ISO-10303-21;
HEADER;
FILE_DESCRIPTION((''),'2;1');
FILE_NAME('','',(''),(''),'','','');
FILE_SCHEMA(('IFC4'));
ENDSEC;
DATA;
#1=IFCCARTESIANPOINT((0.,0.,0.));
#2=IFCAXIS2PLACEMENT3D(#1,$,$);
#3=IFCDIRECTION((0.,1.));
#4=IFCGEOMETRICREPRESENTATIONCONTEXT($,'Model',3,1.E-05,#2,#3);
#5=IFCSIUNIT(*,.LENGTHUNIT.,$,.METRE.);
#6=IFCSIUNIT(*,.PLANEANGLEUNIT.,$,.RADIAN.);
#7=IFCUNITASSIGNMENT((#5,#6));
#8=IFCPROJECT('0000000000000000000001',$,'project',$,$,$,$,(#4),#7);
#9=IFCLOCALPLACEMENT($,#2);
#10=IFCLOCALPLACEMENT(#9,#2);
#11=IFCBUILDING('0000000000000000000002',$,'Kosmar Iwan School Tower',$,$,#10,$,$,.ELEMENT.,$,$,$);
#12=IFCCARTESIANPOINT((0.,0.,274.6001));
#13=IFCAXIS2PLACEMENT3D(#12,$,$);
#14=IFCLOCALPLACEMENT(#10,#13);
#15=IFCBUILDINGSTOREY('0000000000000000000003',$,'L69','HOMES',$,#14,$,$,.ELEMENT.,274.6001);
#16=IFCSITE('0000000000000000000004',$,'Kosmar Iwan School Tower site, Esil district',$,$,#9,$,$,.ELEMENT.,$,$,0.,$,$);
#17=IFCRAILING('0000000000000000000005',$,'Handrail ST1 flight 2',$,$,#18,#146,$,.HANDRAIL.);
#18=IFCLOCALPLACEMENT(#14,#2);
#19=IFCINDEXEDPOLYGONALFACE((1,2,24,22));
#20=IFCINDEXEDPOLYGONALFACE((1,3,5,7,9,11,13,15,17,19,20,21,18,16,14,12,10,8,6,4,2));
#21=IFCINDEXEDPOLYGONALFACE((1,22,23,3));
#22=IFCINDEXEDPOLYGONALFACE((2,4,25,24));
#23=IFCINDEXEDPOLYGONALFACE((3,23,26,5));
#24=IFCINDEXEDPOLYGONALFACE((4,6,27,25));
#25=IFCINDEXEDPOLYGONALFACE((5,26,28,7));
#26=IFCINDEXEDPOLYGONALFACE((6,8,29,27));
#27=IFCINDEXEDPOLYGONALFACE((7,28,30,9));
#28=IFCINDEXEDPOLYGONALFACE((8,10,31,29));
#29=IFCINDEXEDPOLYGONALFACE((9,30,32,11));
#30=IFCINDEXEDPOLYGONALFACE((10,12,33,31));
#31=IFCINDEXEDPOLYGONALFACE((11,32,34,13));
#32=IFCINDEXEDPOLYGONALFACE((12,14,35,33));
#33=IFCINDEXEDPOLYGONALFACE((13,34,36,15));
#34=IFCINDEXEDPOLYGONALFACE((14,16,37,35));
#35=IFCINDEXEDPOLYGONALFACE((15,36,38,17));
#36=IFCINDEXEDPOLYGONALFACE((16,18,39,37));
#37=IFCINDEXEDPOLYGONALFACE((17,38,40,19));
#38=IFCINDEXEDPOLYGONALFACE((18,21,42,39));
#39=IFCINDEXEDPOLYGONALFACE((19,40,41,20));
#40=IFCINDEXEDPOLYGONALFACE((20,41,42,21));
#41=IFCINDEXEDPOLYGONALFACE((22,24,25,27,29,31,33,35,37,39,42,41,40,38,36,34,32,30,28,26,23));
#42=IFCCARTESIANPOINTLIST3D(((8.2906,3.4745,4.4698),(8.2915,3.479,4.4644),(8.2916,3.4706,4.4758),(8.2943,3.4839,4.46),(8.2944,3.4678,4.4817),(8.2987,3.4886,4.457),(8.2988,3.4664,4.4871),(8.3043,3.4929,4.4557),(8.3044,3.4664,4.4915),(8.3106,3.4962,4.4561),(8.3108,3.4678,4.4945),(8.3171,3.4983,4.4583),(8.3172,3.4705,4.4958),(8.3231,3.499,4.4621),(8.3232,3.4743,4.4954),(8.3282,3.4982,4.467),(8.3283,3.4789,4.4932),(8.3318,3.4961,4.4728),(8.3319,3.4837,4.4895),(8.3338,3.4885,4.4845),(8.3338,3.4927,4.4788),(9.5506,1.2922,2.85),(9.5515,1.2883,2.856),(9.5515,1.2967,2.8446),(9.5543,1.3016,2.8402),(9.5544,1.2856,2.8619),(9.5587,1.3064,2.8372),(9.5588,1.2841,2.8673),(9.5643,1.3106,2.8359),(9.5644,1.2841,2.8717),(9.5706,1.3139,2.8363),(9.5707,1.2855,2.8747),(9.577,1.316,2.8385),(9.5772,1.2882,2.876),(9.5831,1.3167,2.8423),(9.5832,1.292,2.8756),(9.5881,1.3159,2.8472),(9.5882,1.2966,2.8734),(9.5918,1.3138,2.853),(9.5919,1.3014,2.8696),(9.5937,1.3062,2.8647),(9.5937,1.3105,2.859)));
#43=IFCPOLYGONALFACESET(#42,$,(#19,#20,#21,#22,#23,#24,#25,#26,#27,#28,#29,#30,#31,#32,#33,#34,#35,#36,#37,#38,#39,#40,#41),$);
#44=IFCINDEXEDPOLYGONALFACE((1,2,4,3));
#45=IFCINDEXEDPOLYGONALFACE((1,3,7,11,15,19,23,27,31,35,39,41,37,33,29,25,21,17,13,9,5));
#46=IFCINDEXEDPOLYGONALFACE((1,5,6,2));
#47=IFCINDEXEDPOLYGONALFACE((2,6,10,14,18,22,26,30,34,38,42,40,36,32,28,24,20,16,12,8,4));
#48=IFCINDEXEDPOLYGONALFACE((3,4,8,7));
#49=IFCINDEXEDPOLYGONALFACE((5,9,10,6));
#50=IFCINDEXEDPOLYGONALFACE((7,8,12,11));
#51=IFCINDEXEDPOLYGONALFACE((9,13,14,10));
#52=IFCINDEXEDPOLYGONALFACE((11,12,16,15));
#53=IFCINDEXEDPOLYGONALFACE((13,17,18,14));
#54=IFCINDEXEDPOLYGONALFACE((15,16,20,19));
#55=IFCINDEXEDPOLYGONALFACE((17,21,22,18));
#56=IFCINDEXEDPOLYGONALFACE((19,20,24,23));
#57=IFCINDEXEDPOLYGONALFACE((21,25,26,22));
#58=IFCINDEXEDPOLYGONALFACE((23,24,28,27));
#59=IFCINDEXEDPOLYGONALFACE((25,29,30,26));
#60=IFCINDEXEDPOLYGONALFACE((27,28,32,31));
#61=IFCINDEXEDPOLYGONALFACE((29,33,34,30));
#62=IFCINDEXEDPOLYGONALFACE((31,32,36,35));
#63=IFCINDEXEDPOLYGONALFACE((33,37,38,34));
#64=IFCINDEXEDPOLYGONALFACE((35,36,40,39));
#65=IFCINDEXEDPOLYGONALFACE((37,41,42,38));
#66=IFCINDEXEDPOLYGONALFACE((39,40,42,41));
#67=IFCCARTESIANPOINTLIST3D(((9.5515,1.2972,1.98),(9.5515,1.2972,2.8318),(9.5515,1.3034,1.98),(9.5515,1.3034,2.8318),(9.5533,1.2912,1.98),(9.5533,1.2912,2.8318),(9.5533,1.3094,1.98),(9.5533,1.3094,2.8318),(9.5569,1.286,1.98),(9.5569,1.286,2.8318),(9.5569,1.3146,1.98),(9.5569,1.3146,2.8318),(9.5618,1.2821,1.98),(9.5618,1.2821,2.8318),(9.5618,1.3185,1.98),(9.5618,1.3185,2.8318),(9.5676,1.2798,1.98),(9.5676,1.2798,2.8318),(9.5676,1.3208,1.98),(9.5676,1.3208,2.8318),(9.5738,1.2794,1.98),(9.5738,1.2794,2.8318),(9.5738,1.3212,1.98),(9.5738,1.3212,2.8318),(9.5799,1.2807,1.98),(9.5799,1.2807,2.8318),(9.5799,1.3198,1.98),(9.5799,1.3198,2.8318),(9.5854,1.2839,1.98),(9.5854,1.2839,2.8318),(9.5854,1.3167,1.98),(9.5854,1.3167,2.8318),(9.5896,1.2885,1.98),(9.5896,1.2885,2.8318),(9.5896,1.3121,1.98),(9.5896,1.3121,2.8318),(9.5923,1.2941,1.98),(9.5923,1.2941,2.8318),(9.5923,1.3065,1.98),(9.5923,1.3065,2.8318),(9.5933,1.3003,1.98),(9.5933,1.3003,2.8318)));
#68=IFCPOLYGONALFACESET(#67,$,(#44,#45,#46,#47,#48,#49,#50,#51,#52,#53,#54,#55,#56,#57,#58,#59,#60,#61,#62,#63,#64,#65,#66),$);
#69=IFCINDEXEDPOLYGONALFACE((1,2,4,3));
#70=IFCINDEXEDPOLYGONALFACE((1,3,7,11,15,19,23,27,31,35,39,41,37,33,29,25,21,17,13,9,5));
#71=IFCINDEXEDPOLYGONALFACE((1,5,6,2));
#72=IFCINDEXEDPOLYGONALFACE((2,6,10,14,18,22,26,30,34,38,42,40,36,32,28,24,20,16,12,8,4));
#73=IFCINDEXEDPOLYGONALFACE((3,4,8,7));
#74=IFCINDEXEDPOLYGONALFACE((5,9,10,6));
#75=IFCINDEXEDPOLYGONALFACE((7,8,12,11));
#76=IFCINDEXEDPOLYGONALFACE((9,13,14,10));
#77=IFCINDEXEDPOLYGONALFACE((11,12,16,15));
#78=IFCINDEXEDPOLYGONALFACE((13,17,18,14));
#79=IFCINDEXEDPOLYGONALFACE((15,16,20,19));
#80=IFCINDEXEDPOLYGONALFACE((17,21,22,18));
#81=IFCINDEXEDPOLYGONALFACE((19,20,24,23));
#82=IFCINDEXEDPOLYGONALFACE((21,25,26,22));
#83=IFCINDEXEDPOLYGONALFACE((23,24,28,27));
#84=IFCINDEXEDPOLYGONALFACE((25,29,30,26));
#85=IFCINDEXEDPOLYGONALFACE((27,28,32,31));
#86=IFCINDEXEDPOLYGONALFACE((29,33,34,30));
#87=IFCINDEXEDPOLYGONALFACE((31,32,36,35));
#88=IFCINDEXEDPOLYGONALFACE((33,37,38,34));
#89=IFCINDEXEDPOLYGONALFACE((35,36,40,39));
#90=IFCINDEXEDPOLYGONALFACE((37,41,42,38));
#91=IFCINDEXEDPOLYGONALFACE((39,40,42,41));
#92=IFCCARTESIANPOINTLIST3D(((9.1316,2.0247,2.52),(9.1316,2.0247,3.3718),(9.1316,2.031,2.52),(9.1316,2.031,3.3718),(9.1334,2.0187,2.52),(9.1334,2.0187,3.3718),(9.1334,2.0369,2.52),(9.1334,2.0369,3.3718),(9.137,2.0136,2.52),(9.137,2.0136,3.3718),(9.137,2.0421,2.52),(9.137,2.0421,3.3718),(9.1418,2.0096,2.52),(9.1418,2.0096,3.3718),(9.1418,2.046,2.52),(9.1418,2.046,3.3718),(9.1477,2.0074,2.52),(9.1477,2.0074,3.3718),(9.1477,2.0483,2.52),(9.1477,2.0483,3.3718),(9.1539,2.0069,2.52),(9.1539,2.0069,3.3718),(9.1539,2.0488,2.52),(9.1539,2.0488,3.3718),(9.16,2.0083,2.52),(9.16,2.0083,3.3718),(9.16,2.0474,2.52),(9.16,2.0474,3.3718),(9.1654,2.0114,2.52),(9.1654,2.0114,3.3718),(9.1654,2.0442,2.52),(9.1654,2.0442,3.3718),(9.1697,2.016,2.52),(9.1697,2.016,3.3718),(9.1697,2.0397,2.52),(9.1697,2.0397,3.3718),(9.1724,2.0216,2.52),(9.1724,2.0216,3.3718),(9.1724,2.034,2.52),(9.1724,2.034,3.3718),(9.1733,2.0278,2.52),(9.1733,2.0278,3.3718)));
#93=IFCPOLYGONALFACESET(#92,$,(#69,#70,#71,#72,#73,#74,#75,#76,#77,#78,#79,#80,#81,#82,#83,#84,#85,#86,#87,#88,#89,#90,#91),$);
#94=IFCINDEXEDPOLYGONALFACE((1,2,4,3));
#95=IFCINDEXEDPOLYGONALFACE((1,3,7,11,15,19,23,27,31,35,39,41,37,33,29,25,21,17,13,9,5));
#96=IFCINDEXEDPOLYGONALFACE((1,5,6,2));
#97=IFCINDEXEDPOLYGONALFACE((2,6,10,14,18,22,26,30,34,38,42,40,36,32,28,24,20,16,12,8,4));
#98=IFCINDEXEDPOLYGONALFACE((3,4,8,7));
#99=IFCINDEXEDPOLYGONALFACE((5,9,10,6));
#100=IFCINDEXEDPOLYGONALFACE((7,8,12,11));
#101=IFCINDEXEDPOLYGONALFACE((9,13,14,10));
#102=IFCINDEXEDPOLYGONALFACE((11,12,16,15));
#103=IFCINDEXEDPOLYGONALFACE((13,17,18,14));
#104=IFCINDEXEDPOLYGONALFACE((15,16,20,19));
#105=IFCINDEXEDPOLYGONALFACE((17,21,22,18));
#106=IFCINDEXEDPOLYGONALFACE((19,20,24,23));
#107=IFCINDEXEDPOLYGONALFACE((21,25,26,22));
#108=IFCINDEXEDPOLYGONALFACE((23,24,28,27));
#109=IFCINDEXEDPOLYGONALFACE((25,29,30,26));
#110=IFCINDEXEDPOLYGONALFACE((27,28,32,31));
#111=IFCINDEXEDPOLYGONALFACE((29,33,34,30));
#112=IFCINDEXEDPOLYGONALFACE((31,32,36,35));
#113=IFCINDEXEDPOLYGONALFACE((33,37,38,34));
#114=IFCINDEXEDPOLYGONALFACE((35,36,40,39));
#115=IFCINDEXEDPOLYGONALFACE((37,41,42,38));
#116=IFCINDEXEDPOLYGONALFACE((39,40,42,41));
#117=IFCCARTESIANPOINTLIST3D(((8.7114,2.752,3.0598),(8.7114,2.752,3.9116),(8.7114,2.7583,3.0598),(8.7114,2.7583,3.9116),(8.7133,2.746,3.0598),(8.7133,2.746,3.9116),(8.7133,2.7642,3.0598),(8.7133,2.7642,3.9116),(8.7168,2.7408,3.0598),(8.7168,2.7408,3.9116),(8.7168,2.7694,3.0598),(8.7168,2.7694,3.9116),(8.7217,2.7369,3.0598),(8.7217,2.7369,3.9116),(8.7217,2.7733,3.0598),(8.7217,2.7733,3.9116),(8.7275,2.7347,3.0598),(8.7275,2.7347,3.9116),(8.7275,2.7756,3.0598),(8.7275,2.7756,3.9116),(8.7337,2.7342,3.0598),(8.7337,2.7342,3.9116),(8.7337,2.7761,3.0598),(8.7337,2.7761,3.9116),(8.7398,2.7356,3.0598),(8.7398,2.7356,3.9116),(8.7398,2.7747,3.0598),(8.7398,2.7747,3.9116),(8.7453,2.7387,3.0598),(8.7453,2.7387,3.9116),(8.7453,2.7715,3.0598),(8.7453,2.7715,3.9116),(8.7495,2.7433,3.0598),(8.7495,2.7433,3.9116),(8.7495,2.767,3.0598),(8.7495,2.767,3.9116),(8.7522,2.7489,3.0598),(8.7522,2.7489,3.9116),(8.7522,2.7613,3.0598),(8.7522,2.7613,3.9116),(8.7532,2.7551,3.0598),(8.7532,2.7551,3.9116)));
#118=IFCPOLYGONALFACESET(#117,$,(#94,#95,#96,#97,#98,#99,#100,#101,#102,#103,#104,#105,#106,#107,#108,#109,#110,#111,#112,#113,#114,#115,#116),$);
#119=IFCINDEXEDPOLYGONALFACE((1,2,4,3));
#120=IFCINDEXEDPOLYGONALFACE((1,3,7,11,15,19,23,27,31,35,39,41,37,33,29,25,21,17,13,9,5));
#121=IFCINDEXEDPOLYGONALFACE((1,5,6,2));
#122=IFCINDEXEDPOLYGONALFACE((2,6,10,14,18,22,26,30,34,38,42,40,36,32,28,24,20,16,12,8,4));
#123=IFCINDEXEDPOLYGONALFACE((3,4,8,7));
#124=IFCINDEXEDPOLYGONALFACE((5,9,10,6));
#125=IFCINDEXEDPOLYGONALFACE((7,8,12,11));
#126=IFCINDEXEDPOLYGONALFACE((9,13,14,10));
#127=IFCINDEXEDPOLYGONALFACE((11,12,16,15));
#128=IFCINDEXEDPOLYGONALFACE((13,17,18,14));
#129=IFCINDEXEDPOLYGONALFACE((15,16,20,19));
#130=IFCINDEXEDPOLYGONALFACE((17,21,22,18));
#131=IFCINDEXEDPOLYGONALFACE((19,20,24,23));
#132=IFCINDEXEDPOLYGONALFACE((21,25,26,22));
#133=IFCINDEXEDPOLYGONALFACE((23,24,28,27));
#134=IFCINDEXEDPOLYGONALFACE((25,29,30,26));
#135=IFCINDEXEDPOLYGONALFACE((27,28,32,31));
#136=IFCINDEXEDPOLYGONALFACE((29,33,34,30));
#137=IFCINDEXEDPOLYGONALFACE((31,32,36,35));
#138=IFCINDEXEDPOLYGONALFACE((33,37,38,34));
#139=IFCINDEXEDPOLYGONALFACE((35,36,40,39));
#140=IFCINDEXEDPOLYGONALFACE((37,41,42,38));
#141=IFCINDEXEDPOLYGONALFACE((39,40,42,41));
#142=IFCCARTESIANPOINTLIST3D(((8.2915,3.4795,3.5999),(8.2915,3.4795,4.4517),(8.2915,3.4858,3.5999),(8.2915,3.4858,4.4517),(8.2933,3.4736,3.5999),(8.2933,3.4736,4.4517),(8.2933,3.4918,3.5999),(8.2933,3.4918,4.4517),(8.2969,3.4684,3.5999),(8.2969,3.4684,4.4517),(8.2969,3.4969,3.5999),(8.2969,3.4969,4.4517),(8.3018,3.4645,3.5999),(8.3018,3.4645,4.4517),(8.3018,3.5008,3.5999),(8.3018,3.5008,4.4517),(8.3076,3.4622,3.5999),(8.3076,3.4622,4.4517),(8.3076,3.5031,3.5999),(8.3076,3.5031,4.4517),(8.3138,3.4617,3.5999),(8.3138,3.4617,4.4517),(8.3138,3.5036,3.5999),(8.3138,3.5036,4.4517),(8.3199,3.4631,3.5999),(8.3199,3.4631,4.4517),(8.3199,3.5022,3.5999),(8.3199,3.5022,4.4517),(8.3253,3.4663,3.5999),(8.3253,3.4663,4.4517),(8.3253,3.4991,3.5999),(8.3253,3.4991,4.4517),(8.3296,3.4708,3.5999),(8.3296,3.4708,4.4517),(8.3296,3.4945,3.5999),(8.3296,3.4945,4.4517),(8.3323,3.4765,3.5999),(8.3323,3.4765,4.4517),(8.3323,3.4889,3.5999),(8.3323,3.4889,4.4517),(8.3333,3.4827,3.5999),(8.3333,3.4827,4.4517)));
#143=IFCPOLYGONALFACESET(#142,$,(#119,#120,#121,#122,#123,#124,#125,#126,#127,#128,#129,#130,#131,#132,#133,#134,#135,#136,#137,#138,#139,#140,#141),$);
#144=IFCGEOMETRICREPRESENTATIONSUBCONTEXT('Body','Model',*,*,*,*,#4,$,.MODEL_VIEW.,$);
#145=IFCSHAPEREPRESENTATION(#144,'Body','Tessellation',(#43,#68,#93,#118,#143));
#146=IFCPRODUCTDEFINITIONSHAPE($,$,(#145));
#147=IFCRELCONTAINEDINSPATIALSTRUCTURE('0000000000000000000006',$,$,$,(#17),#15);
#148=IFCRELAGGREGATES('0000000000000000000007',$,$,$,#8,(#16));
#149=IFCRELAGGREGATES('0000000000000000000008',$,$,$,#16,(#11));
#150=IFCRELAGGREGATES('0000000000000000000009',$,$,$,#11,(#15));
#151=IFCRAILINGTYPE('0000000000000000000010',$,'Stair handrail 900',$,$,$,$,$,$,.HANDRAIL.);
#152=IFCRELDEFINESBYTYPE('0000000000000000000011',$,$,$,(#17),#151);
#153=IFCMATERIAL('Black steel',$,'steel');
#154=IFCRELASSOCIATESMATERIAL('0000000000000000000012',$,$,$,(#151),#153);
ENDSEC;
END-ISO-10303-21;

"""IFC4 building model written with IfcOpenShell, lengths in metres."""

from ifc_helpers import new_model, si_unit, direction, frame, origin, origin_2d, place, context, subcontext, project, spatial, circle, extrude, material, type_object, element, save


model = new_model("IFC4")

# Units and contexts
model_context = context("Model", 3, precision=1e-05, world=origin(), true_north=direction((0.0, 1.0)))
body_context = subcontext(model_context, "Body", "Model", "MODEL_VIEW")
ifc_project = project(units=[si_unit("LENGTHUNIT", "METRE"), si_unit("PLANEANGLEUNIT", "RADIAN")], contexts=[model_context])

# Site, building, storey
site_placement = place(None, origin())
site = spatial("IfcSite", under=ifc_project, at=site_placement, Name="Kosmar Iwan School Tower site, Esil district", CompositionType="ELEMENT", RefElevation=0.0)
building_placement = place(site_placement, origin())
building = spatial("IfcBuilding", under=site, at=building_placement, Name="Kosmar Iwan School Tower", CompositionType="ELEMENT")
storey_placement = place(building_placement, frame((0.0, 0.0, 274.6001)))
storey = spatial("IfcBuildingStorey", under=building, at=storey_placement, Name="L69", Description="HOMES", CompositionType="ELEMENT", Elevation=274.6001)

# Railing
ifc_material_1 = material(Name="Black steel", Category="steel")
railing_type = type_object("IfcRailingType", Name="Stair handrail 900", PredefinedType="HANDRAIL", material=ifc_material_1)
railing_placement = place(storey_placement, frame((9.5723, 1.3003, 1.98)))
element("IfcRailing", 1, at=railing_placement, inside=storey, type_object=railing_type, Name="Handrail ST1 flight 2", PredefinedType="HANDRAIL", context=body_context, shape_type="SweptSolid", body=[
    extrude(circle(Radius=0.0239, at=origin_2d()), frame((0.0, 0.0, 0.876), z_axis=(-0.420603, 0.728496, 0.540728), x_axis=(-0.866023, -0.500005, 0.0)), (0.0, 0.0, 1.0), 2.9956),
    extrude(circle(Radius=0.021, at=origin_2d()), origin(), (0.0, 0.0, 1.0), 0.8518),
    extrude(circle(Radius=0.021, at=origin_2d()), frame((-0.4199, 0.7275, 0.54)), (0.0, 0.0, 1.0), 0.8518),
    extrude(circle(Radius=0.021, at=origin_2d()), frame((-0.8401, 1.4548, 1.0798)), (0.0, 0.0, 1.0), 0.8518),
    extrude(circle(Radius=0.021, at=origin_2d()), frame((-1.26, 2.1824, 1.6199)), (0.0, 0.0, 1.0), 0.8518),
])

save(model, "model.ifc")
